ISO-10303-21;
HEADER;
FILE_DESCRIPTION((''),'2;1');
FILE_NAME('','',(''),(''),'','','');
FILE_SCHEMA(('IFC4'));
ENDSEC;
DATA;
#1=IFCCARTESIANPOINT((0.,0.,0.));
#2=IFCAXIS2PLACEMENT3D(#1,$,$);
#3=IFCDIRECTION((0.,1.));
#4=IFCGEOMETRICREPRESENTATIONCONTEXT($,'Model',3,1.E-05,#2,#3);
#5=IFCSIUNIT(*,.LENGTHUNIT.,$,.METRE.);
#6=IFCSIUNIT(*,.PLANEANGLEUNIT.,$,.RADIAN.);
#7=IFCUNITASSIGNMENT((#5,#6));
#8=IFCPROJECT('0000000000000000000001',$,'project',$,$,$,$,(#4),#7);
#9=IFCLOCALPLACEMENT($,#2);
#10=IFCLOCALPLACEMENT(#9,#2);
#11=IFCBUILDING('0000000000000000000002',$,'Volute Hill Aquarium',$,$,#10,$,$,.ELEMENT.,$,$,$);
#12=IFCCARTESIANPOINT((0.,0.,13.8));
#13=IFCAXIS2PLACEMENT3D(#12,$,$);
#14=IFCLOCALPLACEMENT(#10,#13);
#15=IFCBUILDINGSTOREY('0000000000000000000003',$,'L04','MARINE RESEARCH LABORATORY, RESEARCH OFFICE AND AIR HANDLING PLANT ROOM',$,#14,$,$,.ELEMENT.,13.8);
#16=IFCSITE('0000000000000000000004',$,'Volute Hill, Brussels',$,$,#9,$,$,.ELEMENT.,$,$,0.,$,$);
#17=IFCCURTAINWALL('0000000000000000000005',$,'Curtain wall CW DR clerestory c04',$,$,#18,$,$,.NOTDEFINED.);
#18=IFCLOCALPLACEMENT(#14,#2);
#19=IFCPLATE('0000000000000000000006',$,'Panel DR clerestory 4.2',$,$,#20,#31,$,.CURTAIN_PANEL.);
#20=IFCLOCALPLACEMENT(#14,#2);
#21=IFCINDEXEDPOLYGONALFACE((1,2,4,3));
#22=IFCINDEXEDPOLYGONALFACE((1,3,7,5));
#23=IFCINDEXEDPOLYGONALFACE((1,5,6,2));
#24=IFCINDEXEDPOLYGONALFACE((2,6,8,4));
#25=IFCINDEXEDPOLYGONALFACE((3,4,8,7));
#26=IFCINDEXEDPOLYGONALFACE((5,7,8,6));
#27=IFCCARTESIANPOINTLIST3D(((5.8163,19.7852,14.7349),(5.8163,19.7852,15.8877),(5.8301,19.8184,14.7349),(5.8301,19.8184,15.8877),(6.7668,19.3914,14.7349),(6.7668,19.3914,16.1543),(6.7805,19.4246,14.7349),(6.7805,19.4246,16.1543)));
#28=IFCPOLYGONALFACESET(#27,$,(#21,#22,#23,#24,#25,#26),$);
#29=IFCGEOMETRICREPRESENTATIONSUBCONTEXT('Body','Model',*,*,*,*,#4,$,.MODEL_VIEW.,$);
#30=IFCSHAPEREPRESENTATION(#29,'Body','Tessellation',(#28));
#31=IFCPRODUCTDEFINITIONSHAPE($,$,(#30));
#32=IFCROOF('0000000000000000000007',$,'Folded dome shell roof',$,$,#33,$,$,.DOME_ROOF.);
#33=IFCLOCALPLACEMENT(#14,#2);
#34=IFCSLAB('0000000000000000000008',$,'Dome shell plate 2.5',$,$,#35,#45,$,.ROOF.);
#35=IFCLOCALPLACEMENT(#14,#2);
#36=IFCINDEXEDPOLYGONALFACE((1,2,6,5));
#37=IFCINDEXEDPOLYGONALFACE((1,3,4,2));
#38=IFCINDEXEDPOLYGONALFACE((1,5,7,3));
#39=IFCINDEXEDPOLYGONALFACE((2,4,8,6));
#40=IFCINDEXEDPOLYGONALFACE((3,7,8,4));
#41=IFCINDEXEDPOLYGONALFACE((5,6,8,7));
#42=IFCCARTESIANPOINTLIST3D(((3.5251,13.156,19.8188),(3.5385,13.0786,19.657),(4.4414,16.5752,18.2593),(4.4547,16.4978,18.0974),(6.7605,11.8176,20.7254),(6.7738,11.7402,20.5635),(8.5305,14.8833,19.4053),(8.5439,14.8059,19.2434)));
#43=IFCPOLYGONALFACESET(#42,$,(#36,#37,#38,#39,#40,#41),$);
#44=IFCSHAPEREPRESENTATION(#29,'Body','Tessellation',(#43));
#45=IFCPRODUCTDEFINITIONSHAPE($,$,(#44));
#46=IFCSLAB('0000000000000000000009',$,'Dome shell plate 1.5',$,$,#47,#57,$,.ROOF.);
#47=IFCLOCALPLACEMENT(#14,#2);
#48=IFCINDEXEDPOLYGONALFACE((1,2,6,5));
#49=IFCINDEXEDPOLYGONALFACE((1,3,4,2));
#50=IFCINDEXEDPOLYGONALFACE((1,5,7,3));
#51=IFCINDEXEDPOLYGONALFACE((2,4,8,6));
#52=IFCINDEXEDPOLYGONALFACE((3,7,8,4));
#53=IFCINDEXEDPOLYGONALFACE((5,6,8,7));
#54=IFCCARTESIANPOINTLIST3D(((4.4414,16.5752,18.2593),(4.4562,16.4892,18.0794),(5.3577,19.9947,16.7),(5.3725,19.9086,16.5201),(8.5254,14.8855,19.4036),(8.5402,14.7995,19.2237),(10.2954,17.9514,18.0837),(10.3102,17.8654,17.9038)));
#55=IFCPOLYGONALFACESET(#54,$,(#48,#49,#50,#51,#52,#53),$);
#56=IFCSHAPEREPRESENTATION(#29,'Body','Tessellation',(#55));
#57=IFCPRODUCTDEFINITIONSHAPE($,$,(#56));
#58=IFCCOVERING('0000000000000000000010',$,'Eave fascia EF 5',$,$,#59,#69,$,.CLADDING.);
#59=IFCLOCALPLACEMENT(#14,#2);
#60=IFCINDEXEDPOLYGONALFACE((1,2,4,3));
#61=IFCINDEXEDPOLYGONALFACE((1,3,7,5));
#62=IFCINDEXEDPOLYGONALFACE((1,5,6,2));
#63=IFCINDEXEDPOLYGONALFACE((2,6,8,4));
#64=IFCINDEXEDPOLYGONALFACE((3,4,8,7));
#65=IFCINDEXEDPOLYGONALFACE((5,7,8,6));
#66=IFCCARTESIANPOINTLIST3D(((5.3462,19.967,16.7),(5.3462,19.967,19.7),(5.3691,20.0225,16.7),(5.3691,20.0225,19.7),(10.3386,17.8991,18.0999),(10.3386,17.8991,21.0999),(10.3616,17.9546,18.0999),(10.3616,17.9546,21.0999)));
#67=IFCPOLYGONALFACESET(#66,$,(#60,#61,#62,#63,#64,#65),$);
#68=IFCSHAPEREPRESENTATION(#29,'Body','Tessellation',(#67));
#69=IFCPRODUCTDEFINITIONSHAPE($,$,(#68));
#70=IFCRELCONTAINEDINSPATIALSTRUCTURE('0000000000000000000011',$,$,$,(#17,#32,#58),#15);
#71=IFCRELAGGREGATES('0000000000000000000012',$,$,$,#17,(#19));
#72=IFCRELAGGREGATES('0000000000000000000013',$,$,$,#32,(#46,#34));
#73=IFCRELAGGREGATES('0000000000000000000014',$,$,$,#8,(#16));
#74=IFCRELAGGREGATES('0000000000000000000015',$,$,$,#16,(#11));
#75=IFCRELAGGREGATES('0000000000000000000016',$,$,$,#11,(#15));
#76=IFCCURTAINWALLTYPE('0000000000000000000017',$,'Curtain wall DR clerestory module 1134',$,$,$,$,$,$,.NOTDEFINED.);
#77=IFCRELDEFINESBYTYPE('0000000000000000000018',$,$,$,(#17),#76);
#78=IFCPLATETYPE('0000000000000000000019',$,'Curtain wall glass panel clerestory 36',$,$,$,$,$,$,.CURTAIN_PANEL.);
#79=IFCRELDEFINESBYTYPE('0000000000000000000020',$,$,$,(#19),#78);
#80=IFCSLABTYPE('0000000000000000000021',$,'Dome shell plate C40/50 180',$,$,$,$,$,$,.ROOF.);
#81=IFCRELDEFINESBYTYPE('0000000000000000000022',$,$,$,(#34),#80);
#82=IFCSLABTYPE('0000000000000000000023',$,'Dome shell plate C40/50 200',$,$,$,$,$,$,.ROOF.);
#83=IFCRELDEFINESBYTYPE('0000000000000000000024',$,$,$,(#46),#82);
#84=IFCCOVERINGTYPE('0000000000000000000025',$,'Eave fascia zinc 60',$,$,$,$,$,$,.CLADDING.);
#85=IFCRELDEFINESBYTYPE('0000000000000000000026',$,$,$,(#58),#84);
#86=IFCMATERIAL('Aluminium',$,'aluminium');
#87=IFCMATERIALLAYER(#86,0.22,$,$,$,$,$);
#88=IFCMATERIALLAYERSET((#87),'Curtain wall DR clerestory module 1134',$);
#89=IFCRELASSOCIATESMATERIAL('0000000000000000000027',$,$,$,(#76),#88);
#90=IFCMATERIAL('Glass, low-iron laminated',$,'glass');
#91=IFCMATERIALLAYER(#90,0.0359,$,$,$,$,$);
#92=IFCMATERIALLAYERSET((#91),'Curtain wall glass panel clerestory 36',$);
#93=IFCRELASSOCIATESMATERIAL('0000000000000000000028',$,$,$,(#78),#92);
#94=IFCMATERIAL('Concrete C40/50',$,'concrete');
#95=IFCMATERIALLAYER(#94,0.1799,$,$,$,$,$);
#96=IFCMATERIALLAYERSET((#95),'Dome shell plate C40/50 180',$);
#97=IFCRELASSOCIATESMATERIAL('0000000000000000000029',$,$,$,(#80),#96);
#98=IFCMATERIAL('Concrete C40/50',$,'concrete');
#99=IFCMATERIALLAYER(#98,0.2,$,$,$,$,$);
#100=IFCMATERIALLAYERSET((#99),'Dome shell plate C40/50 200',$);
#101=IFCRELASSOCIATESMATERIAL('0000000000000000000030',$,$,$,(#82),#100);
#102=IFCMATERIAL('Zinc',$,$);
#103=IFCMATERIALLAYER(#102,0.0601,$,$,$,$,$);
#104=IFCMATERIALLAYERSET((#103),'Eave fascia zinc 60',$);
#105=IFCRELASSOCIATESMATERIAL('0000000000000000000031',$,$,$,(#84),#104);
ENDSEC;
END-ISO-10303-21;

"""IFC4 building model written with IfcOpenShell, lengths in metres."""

from ifc_helpers import new_model, si_unit, direction, frame, origin, place, context, subcontext, project, spatial, polyline, outline, extrude, material, layer, layer_set, type_object, element, aggregate, save


model = new_model("IFC4")

# Units and contexts
model_context = context("Model", 3, precision=1e-05, world=origin(), true_north=direction((0.0, 1.0)))
body_context = subcontext(model_context, "Body", "Model", "MODEL_VIEW")
ifc_project = project(units=[si_unit("LENGTHUNIT", "METRE"), si_unit("PLANEANGLEUNIT", "RADIAN")], contexts=[model_context])

# Site, building, storey
site_placement = place(None, origin())
site = spatial("IfcSite", under=ifc_project, at=site_placement, Name="Volute Hill, Brussels", CompositionType="ELEMENT", RefElevation=0.0)
building_placement = place(site_placement, origin())
building = spatial("IfcBuilding", under=site, at=building_placement, Name="Volute Hill Aquarium", CompositionType="ELEMENT")
storey_placement = place(building_placement, frame((0.0, 0.0, 13.8)))
storey = spatial("IfcBuildingStorey", under=building, at=storey_placement, Name="L04", Description="MARINE RESEARCH LABORATORY, RESEARCH OFFICE AND AIR HANDLING PLANT ROOM", CompositionType="ELEMENT", Elevation=13.8)

# Curtain wall
ifc_material_1 = material(Name="Aluminium", Category="aluminium")
ifc_layer_1 = layer(ifc_material_1, 0.22)
ifc_layer_set_1 = layer_set([ifc_layer_1], Name="Curtain wall DR clerestory module 1134")
curtain_wall_type = type_object("IfcCurtainWallType", Name="Curtain wall DR clerestory module 1134", PredefinedType="NOTDEFINED", material=ifc_layer_set_1)
curtain_wall_1_placement = place(storey_placement, origin())
curtain_wall_1 = element("IfcCurtainWall", 1, at=curtain_wall_1_placement, inside=storey, type_object=curtain_wall_type, Name="Curtain wall CW DR clerestory c04", PredefinedType="NOTDEFINED")

# Plate
ifc_material_2 = material(Name="Glass, low-iron laminated", Category="glass")
ifc_layer_2 = layer(ifc_material_2, 0.0359)
ifc_layer_set_2 = layer_set([ifc_layer_2], Name="Curtain wall glass panel clerestory 36")
plate_type = type_object("IfcPlateType", Name="Curtain wall glass panel clerestory 36", PredefinedType="CURTAIN_PANEL", material=ifc_layer_set_2)
plate_1_placement = place(storey_placement, frame((6.7805, 19.4246, 14.7349), z_axis=(0.382778, 0.92384, 0.0), x_axis=(-0.92384, 0.382778, 0.0)))
plate_1 = element("IfcPlate", 2, at=plate_1_placement, type_object=plate_type, Name="Panel DR clerestory 4.2", PredefinedType="CURTAIN_PANEL", context=body_context, shape_type="SweptSolid", body=[
    extrude(outline(polyline([(0.0, 0.0), (1.0288, 0.0), (1.0288, 1.1528), (0.0, 1.4194), (0.0, 0.0)])), origin(), (0.0, 0.0, -1.0), 0.0359),
])
aggregate(curtain_wall_1, [plate_1])

# Roof, slabs
roof_placement = place(storey_placement, origin())
roof = element("IfcRoof", 3, at=roof_placement, inside=storey, Name="Folded dome shell roof", PredefinedType="DOME_ROOF")
ifc_material_3 = material(Name="Concrete C40/50", Category="concrete")
ifc_layer_3 = layer(ifc_material_3, 0.1799)
ifc_layer_set_3 = layer_set([ifc_layer_3], Name="Dome shell plate C40/50 180")
slab_type_1 = type_object("IfcSlabType", Name="Dome shell plate C40/50 180", PredefinedType="ROOF", material=ifc_layer_set_3)
slab_1_placement = place(storey_placement, frame((8.5305, 14.8833, 19.4053), z_axis=(-0.074124, 0.430213, 0.899679), x_axis=(-0.894522, 0.370118, -0.250684)))
slab_1 = element("IfcSlab", 4, at=slab_1_placement, type_object=slab_type_1, Name="Dome shell plate 2.5", PredefinedType="ROOF", context=body_context, shape_type="SweptSolid", body=[
    extrude(outline(polyline([(0.0, 0.0), (4.5713, 0.0), (3.7344, 3.7765), (0.1177, 3.7762), (0.0, 0.0)])), origin(), (0.0, 0.0, -1.0), 0.1799),
])
ifc_material_4 = material(Name="Concrete C40/50", Category="concrete")
ifc_layer_4 = layer(ifc_material_4, 0.2)
ifc_layer_set_4 = layer_set([ifc_layer_4], Name="Dome shell plate C40/50 200")
slab_type_2 = type_object("IfcSlabType", Name="Dome shell plate C40/50 200", PredefinedType="ROOF", material=ifc_layer_set_4)
slab_2_placement = place(storey_placement, frame((10.2954, 17.9514, 18.0837), z_axis=(-0.074142, 0.430136, 0.899715), x_axis=(-0.894512, 0.370149, -0.250674)))
slab_2 = element("IfcSlab", 5, at=slab_2_placement, type_object=slab_type_2, Name="Dome shell plate 1.5", PredefinedType="ROOF", context=body_context, shape_type="SweptSolid", body=[
    extrude(outline(polyline([(0.0, 0.0), (5.52, 0.0), (4.6831, 3.7766), (0.1176, 3.7764), (0.0, 0.0)])), origin(), (0.0, 0.0, -1.0), 0.2),
])
aggregate(roof, [slab_2, slab_1])

# Covering
ifc_material_5 = material(Name="Zinc")
ifc_layer_5 = layer(ifc_material_5, 0.0601)
ifc_layer_set_5 = layer_set([ifc_layer_5], Name="Eave fascia zinc 60")
covering_type = type_object("IfcCoveringType", Name="Eave fascia zinc 60", PredefinedType="CLADDING", material=ifc_layer_set_5)
covering_placement = place(storey_placement, frame((10.3616, 17.9546, 18.0999), z_axis=(0.382674, 0.923884, 0.0), x_axis=(-0.894359, 0.370445, -0.250783)))
element("IfcCovering", 6, at=covering_placement, inside=storey, type_object=covering_type, Name="Eave fascia EF 5", PredefinedType="CLADDING", context=body_context, shape_type="SweptSolid", body=[
    extrude(outline(polyline([(0.0, 0.0), (5.5821, 0.0), (4.8298, 2.9041), (-0.7523, 2.9041), (0.0, 0.0)])), origin(), (0.0, 0.0, -1.0), 0.0601),
])

save(model, "model.ifc")
